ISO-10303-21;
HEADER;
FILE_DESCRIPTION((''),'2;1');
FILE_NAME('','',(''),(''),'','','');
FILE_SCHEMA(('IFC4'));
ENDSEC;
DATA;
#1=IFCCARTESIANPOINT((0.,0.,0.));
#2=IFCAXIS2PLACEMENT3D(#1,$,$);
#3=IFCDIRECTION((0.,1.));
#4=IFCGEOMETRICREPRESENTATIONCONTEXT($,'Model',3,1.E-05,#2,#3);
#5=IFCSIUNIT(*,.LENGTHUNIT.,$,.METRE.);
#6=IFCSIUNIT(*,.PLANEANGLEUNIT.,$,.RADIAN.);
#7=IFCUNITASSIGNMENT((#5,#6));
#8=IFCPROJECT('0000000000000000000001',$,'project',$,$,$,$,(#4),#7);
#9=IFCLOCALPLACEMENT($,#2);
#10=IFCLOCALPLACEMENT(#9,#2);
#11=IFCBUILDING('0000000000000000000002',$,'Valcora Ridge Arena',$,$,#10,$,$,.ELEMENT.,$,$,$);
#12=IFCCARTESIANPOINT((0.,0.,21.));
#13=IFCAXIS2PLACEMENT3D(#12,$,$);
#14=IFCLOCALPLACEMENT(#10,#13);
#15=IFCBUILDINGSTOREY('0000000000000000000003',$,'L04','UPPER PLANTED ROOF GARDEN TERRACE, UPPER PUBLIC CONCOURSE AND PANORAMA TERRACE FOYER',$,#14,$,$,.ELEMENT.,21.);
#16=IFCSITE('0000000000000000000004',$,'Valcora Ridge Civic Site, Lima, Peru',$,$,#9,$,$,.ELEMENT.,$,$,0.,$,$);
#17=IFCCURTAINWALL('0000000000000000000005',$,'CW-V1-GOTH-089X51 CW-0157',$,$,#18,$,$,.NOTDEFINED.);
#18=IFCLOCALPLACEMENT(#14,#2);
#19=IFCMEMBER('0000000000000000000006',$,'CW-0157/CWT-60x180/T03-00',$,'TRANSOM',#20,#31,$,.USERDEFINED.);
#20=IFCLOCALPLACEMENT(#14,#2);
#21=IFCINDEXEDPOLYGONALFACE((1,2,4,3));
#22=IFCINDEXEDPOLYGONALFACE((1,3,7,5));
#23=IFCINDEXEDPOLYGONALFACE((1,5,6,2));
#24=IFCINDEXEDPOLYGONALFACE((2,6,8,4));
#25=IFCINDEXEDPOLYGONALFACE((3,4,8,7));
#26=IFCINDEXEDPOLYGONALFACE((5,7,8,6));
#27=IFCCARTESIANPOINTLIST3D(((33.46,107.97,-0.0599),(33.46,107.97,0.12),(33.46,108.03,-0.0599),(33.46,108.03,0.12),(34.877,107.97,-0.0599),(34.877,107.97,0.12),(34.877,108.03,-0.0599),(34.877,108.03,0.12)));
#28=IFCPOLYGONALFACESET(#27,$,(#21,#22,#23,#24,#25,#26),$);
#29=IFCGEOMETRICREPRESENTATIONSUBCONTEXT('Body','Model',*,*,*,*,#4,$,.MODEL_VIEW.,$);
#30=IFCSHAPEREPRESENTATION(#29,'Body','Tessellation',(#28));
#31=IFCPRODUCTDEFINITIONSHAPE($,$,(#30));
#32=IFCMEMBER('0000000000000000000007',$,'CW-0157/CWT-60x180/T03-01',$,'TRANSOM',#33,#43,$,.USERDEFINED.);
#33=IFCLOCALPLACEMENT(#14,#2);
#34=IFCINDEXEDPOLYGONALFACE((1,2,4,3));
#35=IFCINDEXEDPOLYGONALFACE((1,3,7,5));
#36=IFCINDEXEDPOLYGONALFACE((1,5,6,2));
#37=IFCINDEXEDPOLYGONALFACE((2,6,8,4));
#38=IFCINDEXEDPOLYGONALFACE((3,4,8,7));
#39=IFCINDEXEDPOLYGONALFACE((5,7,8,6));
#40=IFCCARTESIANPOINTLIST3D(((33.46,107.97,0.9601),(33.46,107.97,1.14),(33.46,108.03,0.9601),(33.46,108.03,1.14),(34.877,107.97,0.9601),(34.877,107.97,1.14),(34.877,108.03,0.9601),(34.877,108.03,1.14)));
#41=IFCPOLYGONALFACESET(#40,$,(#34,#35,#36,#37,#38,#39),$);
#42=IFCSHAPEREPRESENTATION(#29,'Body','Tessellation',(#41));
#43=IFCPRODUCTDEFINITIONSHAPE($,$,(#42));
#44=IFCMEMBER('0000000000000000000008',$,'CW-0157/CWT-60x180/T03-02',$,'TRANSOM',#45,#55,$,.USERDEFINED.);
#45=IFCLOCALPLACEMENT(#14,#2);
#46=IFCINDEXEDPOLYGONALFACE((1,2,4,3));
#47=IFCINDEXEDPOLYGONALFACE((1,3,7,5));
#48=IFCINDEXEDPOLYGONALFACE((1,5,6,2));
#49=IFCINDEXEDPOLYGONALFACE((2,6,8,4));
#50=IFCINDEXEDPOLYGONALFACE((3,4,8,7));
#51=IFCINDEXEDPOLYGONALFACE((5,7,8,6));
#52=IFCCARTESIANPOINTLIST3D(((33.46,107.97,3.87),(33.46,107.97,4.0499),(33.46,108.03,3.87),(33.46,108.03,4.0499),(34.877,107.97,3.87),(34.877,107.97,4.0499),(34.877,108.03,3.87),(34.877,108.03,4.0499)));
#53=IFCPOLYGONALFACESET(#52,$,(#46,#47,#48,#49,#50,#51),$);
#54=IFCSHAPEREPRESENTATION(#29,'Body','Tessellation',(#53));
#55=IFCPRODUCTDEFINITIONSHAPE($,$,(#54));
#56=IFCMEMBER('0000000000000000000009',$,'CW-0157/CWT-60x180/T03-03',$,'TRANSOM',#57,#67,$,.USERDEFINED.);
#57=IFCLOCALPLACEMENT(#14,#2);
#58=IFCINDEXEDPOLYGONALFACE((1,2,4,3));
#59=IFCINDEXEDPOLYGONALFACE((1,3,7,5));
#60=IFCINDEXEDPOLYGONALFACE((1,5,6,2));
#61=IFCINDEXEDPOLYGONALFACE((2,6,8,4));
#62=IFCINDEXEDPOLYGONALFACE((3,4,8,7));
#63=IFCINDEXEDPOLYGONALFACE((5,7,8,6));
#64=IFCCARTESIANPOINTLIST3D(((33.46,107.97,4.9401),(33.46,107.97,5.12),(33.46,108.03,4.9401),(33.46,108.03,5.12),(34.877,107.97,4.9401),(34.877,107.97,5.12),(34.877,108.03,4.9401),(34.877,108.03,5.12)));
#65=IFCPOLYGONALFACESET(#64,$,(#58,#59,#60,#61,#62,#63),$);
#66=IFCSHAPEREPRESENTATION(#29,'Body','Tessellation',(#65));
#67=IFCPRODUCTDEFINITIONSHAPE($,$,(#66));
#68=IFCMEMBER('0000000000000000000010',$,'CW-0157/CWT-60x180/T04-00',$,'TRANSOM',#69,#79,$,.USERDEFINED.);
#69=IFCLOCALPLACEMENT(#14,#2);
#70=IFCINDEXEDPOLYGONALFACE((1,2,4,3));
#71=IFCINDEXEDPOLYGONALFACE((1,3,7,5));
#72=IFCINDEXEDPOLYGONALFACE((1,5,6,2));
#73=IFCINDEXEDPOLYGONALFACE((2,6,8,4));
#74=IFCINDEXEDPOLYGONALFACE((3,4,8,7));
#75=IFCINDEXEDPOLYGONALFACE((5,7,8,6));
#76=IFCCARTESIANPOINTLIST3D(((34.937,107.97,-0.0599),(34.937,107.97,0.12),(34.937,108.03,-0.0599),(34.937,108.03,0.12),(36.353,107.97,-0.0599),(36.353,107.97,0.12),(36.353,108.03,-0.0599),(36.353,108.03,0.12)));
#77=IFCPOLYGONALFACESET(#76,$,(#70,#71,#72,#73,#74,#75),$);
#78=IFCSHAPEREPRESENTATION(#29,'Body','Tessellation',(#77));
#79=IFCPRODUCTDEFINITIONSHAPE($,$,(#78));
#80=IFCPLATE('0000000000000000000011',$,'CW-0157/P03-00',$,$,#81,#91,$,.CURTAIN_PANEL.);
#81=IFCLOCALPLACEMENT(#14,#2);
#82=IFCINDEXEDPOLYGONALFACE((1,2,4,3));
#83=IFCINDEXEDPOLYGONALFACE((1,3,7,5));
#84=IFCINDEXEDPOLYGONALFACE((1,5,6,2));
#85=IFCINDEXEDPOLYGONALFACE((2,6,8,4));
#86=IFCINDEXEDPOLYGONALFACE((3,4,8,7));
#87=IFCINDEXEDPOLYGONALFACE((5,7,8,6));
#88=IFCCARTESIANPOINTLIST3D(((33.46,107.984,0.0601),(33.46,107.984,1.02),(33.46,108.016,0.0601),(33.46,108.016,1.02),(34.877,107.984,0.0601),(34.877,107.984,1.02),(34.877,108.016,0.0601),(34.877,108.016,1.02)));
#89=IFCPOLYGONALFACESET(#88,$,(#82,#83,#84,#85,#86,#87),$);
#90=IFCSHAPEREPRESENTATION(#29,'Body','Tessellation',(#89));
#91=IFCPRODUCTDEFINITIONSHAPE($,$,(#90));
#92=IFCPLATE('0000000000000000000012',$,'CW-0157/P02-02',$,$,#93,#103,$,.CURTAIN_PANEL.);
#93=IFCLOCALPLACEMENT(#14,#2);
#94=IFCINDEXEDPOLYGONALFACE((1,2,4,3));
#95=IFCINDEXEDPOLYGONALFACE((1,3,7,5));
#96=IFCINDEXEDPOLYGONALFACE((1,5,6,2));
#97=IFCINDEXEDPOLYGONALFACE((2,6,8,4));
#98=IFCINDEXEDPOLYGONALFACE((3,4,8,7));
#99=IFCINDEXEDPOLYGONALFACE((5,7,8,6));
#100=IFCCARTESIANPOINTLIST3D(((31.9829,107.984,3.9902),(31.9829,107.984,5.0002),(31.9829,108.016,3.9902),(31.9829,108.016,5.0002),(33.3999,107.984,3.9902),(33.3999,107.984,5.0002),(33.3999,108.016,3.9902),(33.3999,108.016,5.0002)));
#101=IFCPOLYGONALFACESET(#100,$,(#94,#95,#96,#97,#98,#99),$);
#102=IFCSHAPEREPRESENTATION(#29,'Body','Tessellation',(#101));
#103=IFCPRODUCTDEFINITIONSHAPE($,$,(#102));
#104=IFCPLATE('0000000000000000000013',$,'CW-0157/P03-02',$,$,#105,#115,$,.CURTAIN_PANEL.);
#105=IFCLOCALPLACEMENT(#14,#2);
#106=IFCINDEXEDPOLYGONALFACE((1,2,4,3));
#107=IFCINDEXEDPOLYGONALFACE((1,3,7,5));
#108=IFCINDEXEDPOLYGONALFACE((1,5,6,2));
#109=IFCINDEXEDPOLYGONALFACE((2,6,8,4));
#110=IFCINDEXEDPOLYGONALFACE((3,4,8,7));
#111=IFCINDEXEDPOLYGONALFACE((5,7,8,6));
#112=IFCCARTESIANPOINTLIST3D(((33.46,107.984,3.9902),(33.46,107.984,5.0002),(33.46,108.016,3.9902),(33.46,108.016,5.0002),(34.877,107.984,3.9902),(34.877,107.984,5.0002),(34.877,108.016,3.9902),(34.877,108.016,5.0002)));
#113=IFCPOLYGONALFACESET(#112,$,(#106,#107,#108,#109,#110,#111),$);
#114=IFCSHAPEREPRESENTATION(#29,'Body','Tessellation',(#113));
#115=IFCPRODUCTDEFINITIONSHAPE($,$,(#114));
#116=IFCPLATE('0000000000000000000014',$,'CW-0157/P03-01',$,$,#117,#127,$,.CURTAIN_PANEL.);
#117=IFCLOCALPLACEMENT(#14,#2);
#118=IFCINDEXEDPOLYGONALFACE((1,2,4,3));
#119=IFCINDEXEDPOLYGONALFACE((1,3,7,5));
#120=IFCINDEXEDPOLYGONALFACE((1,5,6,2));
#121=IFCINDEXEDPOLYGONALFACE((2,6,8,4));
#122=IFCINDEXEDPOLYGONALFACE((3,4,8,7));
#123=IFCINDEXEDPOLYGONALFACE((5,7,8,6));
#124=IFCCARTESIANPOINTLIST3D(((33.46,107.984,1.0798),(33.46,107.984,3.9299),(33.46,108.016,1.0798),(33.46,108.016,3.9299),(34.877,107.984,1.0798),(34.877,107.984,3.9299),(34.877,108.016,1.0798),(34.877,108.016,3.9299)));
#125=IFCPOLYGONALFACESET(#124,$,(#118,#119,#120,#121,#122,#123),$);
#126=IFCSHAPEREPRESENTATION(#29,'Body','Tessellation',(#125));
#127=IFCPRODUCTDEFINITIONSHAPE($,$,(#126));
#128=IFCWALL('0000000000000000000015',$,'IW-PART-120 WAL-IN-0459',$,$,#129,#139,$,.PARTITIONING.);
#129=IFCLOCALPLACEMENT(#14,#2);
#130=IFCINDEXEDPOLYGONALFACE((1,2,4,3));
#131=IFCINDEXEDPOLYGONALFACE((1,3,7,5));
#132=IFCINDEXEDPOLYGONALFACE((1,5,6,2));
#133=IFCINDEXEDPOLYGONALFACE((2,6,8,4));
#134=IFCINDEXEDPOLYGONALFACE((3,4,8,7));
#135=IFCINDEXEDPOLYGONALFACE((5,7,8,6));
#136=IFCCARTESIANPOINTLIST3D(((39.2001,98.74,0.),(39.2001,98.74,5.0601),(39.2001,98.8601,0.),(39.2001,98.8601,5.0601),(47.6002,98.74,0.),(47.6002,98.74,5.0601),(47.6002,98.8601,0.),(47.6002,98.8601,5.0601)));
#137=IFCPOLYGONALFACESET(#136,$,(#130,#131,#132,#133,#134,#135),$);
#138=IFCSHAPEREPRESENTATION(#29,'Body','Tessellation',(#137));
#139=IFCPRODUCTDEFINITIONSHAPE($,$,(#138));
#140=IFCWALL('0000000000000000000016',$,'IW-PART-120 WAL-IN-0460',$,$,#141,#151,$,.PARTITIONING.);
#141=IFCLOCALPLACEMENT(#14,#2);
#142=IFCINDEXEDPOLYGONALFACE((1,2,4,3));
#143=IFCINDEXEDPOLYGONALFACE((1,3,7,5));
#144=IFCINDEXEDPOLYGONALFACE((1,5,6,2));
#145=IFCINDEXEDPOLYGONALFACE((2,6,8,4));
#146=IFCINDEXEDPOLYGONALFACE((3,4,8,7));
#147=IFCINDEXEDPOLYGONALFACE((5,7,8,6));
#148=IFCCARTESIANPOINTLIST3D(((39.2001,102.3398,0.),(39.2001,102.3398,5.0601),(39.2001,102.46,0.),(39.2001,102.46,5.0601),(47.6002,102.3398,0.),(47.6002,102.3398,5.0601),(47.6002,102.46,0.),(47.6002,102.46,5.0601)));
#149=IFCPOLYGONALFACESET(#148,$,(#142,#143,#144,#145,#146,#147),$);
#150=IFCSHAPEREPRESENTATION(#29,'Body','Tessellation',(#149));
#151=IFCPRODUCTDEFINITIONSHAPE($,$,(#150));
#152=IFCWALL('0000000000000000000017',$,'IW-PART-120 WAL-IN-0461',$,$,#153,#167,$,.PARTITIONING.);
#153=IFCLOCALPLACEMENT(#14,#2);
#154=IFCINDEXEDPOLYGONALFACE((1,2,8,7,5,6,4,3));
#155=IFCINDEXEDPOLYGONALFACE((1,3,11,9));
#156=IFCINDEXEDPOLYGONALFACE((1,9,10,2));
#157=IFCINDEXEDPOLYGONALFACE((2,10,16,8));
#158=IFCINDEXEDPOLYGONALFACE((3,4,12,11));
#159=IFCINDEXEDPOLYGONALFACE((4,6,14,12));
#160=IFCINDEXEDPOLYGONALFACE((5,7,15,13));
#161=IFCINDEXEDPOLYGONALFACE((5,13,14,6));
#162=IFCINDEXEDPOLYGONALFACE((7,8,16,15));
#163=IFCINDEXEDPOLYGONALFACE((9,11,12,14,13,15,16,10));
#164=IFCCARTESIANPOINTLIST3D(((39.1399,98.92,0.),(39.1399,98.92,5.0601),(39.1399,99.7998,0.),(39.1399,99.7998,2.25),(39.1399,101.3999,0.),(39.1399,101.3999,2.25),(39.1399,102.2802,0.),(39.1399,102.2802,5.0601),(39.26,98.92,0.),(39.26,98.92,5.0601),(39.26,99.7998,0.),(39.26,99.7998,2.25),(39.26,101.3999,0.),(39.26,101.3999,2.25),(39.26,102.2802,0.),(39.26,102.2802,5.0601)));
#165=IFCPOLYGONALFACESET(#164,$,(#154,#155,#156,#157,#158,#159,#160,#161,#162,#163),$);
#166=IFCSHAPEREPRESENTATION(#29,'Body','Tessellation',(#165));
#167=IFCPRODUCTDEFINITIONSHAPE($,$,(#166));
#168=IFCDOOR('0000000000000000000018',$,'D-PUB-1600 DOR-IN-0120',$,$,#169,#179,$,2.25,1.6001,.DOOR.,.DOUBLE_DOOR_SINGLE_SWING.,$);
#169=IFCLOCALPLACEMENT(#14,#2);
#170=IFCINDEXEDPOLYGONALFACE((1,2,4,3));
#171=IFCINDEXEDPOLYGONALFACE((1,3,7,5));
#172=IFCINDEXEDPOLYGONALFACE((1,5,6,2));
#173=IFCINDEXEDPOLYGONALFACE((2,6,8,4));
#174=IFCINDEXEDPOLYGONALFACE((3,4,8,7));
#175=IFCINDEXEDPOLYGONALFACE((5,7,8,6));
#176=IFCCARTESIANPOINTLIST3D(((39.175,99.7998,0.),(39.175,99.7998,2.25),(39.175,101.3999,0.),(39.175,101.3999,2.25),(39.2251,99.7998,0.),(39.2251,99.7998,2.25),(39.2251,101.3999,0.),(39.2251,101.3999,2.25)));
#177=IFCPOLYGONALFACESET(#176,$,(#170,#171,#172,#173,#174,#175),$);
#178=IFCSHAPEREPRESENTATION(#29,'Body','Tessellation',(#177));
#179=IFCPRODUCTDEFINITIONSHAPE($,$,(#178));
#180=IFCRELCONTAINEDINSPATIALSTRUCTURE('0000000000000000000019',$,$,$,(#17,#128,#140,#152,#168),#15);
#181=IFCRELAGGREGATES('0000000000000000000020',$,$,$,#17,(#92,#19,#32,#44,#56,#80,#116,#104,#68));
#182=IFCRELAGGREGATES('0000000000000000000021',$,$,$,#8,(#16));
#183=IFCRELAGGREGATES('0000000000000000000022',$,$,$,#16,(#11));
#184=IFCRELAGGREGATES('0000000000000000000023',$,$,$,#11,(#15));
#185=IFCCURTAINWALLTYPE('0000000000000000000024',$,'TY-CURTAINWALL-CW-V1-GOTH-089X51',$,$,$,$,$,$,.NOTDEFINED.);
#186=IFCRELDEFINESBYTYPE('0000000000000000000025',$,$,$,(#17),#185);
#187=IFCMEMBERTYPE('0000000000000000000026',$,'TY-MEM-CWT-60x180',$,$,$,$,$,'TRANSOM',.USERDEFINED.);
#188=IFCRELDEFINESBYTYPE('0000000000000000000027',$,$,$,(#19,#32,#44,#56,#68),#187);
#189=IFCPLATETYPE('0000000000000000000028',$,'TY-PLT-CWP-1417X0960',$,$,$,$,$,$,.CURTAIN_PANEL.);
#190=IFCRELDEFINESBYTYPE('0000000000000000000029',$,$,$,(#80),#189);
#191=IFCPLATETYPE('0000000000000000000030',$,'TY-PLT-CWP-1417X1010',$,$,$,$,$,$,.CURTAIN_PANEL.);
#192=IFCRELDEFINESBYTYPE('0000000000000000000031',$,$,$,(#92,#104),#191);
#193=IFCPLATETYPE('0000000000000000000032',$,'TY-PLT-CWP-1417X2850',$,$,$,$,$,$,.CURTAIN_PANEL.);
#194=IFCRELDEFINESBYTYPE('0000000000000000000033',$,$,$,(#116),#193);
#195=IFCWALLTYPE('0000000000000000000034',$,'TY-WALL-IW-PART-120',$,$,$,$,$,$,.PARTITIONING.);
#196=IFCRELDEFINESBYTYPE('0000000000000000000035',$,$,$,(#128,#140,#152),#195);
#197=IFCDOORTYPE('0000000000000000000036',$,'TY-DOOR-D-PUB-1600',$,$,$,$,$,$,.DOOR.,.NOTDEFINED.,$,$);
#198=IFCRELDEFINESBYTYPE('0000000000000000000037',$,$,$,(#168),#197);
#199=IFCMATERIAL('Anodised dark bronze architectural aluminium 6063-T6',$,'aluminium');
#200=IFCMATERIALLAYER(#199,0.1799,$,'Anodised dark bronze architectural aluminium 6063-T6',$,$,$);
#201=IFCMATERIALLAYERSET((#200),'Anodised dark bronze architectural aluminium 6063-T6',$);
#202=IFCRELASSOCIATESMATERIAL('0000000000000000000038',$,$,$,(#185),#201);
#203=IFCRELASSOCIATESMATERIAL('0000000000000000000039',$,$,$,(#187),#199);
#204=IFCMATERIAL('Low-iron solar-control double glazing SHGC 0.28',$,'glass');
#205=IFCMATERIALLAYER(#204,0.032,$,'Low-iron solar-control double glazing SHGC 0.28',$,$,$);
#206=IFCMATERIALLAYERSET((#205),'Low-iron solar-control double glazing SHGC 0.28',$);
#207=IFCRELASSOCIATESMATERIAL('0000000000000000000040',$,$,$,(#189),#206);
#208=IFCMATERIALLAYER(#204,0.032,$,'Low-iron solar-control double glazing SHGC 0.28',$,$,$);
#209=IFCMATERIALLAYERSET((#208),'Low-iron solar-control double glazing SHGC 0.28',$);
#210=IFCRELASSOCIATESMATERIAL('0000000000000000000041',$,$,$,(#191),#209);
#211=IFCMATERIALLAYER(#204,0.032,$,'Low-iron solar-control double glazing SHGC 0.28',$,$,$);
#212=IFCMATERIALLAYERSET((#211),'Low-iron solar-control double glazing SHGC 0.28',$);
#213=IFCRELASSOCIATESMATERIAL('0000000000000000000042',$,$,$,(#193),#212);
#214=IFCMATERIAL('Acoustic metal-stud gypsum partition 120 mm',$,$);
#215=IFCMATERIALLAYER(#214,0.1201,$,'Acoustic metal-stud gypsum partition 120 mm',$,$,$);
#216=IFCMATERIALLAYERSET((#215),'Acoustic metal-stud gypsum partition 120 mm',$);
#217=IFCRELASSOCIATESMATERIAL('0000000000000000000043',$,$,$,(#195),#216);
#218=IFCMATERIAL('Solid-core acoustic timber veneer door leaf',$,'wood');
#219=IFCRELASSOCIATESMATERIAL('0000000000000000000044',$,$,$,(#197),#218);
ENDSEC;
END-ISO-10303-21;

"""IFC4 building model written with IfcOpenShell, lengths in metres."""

from ifc_helpers import new_model, si_unit, direction, frame, frame_2d, origin, origin_2d, place, context, subcontext, project, spatial, rectangle, extrude, material, layer, layer_set, material_profile, profile_set, type_object, element, fill, aggregate, save


model = new_model("IFC4")

# Units and contexts
model_context = context("Model", 3, precision=1e-05, world=origin(), true_north=direction((0.0, 1.0)))
body_context = subcontext(model_context, "Body", "Model", "MODEL_VIEW")
ifc_project = project(units=[si_unit("LENGTHUNIT", "METRE"), si_unit("PLANEANGLEUNIT", "RADIAN")], contexts=[model_context])

# Site, building, storey
site_placement = place(None, origin())
site = spatial("IfcSite", under=ifc_project, at=site_placement, Name="Valcora Ridge Civic Site, Lima, Peru", CompositionType="ELEMENT", RefElevation=0.0)
building_placement = place(site_placement, origin())
building = spatial("IfcBuilding", under=site, at=building_placement, Name="Valcora Ridge Arena", CompositionType="ELEMENT")
storey_placement = place(building_placement, frame((0.0, 0.0, 21.0)))
storey = spatial("IfcBuildingStorey", under=building, at=storey_placement, Name="L04", Description="UPPER PLANTED ROOF GARDEN TERRACE, UPPER PUBLIC CONCOURSE AND PANORAMA TERRACE FOYER", CompositionType="ELEMENT", Elevation=21.0)

# Curtain wall, members, plates
ifc_material_1 = material(Name="Anodised dark bronze architectural aluminium 6063-T6", Category="aluminium")
ifc_layer_1 = layer(ifc_material_1, 0.1799, Name="Anodised dark bronze architectural aluminium 6063-T6")
ifc_layer_set_1 = layer_set([ifc_layer_1], Name="Anodised dark bronze architectural aluminium 6063-T6")
curtain_wall_type = type_object("IfcCurtainWallType", Name="TY-CURTAINWALL-CW-V1-GOTH-089X51", PredefinedType="NOTDEFINED", material=ifc_layer_set_1)
curtain_wall_placement = place(storey_placement, origin())
curtain_wall = element("IfcCurtainWall", 1, at=curtain_wall_placement, inside=storey, type_object=curtain_wall_type, Name="CW-V1-GOTH-089X51 CW-0157", PredefinedType="NOTDEFINED")
ifc_material_profile_1 = material_profile(ifc_material_1, rectangle(XDim=0.0601, YDim=0.1799, at=origin_2d()), Name="ALU TRANSOM 60x180")
ifc_profile_set_1 = profile_set([ifc_material_profile_1], Name="Anodised dark bronze architectural aluminium 6063-T6")
member_type_1 = type_object("IfcMemberType", Name="TY-MEM-CWT-60x180", ElementType="TRANSOM", PredefinedType="USERDEFINED", material=ifc_profile_set_1)
member_1_placement = place(storey_placement, frame((33.46, 108.0, 0.03), z_axis=(1.0, 0.0, 0.0), x_axis=(0.0, 1.0, 0.0)))
member_1 = element("IfcMember", 2, at=member_1_placement, type_object=member_type_1, Name="CW-0157/CWT-60x180/T03-00", ObjectType="TRANSOM", PredefinedType="USERDEFINED", context=body_context, shape_type="SweptSolid", body=[
    extrude(rectangle(XDim=0.0601, YDim=0.1799, at=origin_2d()), origin(), (0.0, 0.0, 1.0), 1.417),
])
member_2_placement = place(storey_placement, frame((33.46, 108.0, 1.05), z_axis=(1.0, 0.0, 0.0), x_axis=(0.0, 1.0, 0.0)))
member_2 = element("IfcMember", 3, at=member_2_placement, type_object=member_type_1, Name="CW-0157/CWT-60x180/T03-01", ObjectType="TRANSOM", PredefinedType="USERDEFINED", context=body_context, shape_type="SweptSolid", body=[
    extrude(rectangle(XDim=0.0601, YDim=0.1799, at=origin_2d()), origin(), (0.0, 0.0, 1.0), 1.417),
])
member_3_placement = place(storey_placement, frame((33.46, 108.0, 3.96), z_axis=(1.0, 0.0, 0.0), x_axis=(0.0, 1.0, 0.0)))
member_3 = element("IfcMember", 4, at=member_3_placement, type_object=member_type_1, Name="CW-0157/CWT-60x180/T03-02", ObjectType="TRANSOM", PredefinedType="USERDEFINED", context=body_context, shape_type="SweptSolid", body=[
    extrude(rectangle(XDim=0.0601, YDim=0.1799, at=origin_2d()), origin(), (0.0, 0.0, 1.0), 1.417),
])
member_4_placement = place(storey_placement, frame((33.46, 108.0, 5.03), z_axis=(1.0, 0.0, 0.0), x_axis=(0.0, 1.0, 0.0)))
member_4 = element("IfcMember", 5, at=member_4_placement, type_object=member_type_1, Name="CW-0157/CWT-60x180/T03-03", ObjectType="TRANSOM", PredefinedType="USERDEFINED", context=body_context, shape_type="SweptSolid", body=[
    extrude(rectangle(XDim=0.0601, YDim=0.1799, at=origin_2d()), origin(), (0.0, 0.0, 1.0), 1.417),
])
member_5_placement = place(storey_placement, frame((34.937, 108.0, 0.03), z_axis=(1.0, 0.0, 0.0), x_axis=(0.0, 1.0, 0.0)))
member_5 = element("IfcMember", 6, at=member_5_placement, type_object=member_type_1, Name="CW-0157/CWT-60x180/T04-00", ObjectType="TRANSOM", PredefinedType="USERDEFINED", context=body_context, shape_type="SweptSolid", body=[
    extrude(rectangle(XDim=0.0601, YDim=0.1799, at=origin_2d()), origin(), (0.0, 0.0, 1.0), 1.416),
])
ifc_material_2 = material(Name="Low-iron solar-control double glazing SHGC 0.28", Category="glass")
ifc_layer_2 = layer(ifc_material_2, 0.032, Name="Low-iron solar-control double glazing SHGC 0.28")
ifc_layer_set_2 = layer_set([ifc_layer_2], Name="Low-iron solar-control double glazing SHGC 0.28")
plate_type_1 = type_object("IfcPlateType", Name="TY-PLT-CWP-1417X0960", PredefinedType="CURTAIN_PANEL", material=ifc_layer_set_2)
plate_1_placement = place(storey_placement, frame((34.1685, 108.0, 0.0601), z_axis=(0.0, 0.0, 1.0), x_axis=(1.0, 0.0, 0.0)))
plate_1 = element("IfcPlate", 7, at=plate_1_placement, type_object=plate_type_1, Name="CW-0157/P03-00", PredefinedType="CURTAIN_PANEL", context=body_context, shape_type="SweptSolid", body=[
    extrude(rectangle(XDim=1.417, YDim=0.032, at=origin_2d()), origin(), (0.0, 0.0, 1.0), 0.96),
])
ifc_layer_3 = layer(ifc_material_2, 0.032, Name="Low-iron solar-control double glazing SHGC 0.28")
ifc_layer_set_3 = layer_set([ifc_layer_3], Name="Low-iron solar-control double glazing SHGC 0.28")
plate_type_2 = type_object("IfcPlateType", Name="TY-PLT-CWP-1417X1010", PredefinedType="CURTAIN_PANEL", material=ifc_layer_set_3)
plate_2_placement = place(storey_placement, frame((32.6914, 108.0, 3.9902), z_axis=(0.0, 0.0, 1.0), x_axis=(1.0, 0.0, 0.0)))
plate_2 = element("IfcPlate", 8, at=plate_2_placement, type_object=plate_type_2, Name="CW-0157/P02-02", PredefinedType="CURTAIN_PANEL", context=body_context, shape_type="SweptSolid", body=[
    extrude(rectangle(XDim=1.417, YDim=0.032, at=origin_2d()), origin(), (0.0, 0.0, 1.0), 1.01),
])
plate_3_placement = place(storey_placement, frame((34.1685, 108.0, 3.9902), z_axis=(0.0, 0.0, 1.0), x_axis=(1.0, 0.0, 0.0)))
plate_3 = element("IfcPlate", 9, at=plate_3_placement, type_object=plate_type_2, Name="CW-0157/P03-02", PredefinedType="CURTAIN_PANEL", context=body_context, shape_type="SweptSolid", body=[
    extrude(rectangle(XDim=1.417, YDim=0.032, at=origin_2d()), origin(), (0.0, 0.0, 1.0), 1.01),
])
ifc_layer_4 = layer(ifc_material_2, 0.032, Name="Low-iron solar-control double glazing SHGC 0.28")
ifc_layer_set_4 = layer_set([ifc_layer_4], Name="Low-iron solar-control double glazing SHGC 0.28")
plate_type_3 = type_object("IfcPlateType", Name="TY-PLT-CWP-1417X2850", PredefinedType="CURTAIN_PANEL", material=ifc_layer_set_4)
plate_4_placement = place(storey_placement, frame((34.1685, 108.0, 1.0798), z_axis=(0.0, 0.0, 1.0), x_axis=(1.0, 0.0, 0.0)))
plate_4 = element("IfcPlate", 10, at=plate_4_placement, type_object=plate_type_3, Name="CW-0157/P03-01", PredefinedType="CURTAIN_PANEL", context=body_context, shape_type="SweptSolid", body=[
    extrude(rectangle(XDim=1.417, YDim=0.032, at=origin_2d()), origin(), (0.0, 0.0, 1.0), 2.8501),
])
aggregate(curtain_wall, [plate_2, member_1, member_2, member_3, member_4, plate_1, plate_4, plate_3, member_5])

# Walls
ifc_material_3 = material(Name="Acoustic metal-stud gypsum partition 120 mm")
ifc_layer_5 = layer(ifc_material_3, 0.1201, Name="Acoustic metal-stud gypsum partition 120 mm")
ifc_layer_set_5 = layer_set([ifc_layer_5], Name="Acoustic metal-stud gypsum partition 120 mm")
wall_type_1 = type_object("IfcWallType", Name="TY-WALL-IW-PART-120", PredefinedType="PARTITIONING", material=ifc_layer_set_5)
for number, where, z_axis, x_axis, name in (
    (11, (39.2, 98.8, 0.0), (0.0, 0.0, 1.0), (1.0, 0.0, 0.0), "IW-PART-120 WAL-IN-0459"),
    (12, (39.2, 102.3999, 0.0), (0.0, 0.0, 1.0), (1.0, 0.0, 0.0), "IW-PART-120 WAL-IN-0460"),
):
    element("IfcWall", number, at=place(storey_placement, frame(where, z_axis=z_axis, x_axis=x_axis)), inside=storey, type_object=wall_type_1, Name=name, PredefinedType="PARTITIONING", context=body_context, shape_type="SweptSolid", body=[
        extrude(rectangle(XDim=8.4001, YDim=0.1201, at=frame_2d((4.2002, 0.0))), origin(), (0.0, 0.0, 1.0), 5.0601),
    ])

# Wall, opening, door
wall_1_placement = place(storey_placement, frame((39.2, 98.9199, 0.0), z_axis=(0.0, 0.0, 1.0), x_axis=(0.0, 1.0, 0.0)))
wall_1 = element("IfcWall", 13, at=wall_1_placement, inside=storey, type_object=wall_type_1, Name="IW-PART-120 WAL-IN-0461", PredefinedType="PARTITIONING", context=body_context, shape_type="SweptSolid", body=[
    extrude(rectangle(XDim=3.3601, YDim=0.1201, at=frame_2d((1.6802, 0.0))), origin(), (0.0, 0.0, 1.0), 5.0601),
])
opening_1_placement = place(wall_1_placement, frame((0.8799, 0.0, 0.0)))
opening_1 = element("IfcOpeningElement", 14, at=opening_1_placement, cuts=wall_1, PredefinedType="OPENING", context=body_context, shape_type="SweptSolid", body=[
    extrude(rectangle(XDim=1.6001, YDim=2.25, at=frame_2d((0.8, 1.125))), frame((0.0, 0.0701, 0.0), z_axis=(0.0, -1.0, 0.0), x_axis=(1.0, 0.0, 0.0)), (0.0, 0.0, 1.0), 0.1401),
])
ifc_material_4 = material(Name="Solid-core acoustic timber veneer door leaf", Category="wood")
door_type_1 = type_object("IfcDoorType", Name="TY-DOOR-D-PUB-1600", OperationType="NOTDEFINED", PredefinedType="DOOR", material=ifc_material_4)
door_1_placement = place(opening_1_placement, origin())
door_1 = element("IfcDoor", 15, at=door_1_placement, inside=storey, type_object=door_type_1, Name="D-PUB-1600 DOR-IN-0120", OperationType="DOUBLE_DOOR_SINGLE_SWING", OverallHeight=2.25, OverallWidth=1.6001, PredefinedType="DOOR", context=body_context, shape_type="SweptSolid", body=[
    extrude(rectangle(XDim=1.6001, YDim=2.25, at=frame_2d((0.8, 1.125))), frame((0.0, 0.0249, 0.0), z_axis=(0.0, -1.0, 0.0), x_axis=(1.0, 0.0, 0.0)), (0.0, 0.0, 1.0), 0.05),
])
fill(opening_1, door_1)

save(model, "model.ifc")
